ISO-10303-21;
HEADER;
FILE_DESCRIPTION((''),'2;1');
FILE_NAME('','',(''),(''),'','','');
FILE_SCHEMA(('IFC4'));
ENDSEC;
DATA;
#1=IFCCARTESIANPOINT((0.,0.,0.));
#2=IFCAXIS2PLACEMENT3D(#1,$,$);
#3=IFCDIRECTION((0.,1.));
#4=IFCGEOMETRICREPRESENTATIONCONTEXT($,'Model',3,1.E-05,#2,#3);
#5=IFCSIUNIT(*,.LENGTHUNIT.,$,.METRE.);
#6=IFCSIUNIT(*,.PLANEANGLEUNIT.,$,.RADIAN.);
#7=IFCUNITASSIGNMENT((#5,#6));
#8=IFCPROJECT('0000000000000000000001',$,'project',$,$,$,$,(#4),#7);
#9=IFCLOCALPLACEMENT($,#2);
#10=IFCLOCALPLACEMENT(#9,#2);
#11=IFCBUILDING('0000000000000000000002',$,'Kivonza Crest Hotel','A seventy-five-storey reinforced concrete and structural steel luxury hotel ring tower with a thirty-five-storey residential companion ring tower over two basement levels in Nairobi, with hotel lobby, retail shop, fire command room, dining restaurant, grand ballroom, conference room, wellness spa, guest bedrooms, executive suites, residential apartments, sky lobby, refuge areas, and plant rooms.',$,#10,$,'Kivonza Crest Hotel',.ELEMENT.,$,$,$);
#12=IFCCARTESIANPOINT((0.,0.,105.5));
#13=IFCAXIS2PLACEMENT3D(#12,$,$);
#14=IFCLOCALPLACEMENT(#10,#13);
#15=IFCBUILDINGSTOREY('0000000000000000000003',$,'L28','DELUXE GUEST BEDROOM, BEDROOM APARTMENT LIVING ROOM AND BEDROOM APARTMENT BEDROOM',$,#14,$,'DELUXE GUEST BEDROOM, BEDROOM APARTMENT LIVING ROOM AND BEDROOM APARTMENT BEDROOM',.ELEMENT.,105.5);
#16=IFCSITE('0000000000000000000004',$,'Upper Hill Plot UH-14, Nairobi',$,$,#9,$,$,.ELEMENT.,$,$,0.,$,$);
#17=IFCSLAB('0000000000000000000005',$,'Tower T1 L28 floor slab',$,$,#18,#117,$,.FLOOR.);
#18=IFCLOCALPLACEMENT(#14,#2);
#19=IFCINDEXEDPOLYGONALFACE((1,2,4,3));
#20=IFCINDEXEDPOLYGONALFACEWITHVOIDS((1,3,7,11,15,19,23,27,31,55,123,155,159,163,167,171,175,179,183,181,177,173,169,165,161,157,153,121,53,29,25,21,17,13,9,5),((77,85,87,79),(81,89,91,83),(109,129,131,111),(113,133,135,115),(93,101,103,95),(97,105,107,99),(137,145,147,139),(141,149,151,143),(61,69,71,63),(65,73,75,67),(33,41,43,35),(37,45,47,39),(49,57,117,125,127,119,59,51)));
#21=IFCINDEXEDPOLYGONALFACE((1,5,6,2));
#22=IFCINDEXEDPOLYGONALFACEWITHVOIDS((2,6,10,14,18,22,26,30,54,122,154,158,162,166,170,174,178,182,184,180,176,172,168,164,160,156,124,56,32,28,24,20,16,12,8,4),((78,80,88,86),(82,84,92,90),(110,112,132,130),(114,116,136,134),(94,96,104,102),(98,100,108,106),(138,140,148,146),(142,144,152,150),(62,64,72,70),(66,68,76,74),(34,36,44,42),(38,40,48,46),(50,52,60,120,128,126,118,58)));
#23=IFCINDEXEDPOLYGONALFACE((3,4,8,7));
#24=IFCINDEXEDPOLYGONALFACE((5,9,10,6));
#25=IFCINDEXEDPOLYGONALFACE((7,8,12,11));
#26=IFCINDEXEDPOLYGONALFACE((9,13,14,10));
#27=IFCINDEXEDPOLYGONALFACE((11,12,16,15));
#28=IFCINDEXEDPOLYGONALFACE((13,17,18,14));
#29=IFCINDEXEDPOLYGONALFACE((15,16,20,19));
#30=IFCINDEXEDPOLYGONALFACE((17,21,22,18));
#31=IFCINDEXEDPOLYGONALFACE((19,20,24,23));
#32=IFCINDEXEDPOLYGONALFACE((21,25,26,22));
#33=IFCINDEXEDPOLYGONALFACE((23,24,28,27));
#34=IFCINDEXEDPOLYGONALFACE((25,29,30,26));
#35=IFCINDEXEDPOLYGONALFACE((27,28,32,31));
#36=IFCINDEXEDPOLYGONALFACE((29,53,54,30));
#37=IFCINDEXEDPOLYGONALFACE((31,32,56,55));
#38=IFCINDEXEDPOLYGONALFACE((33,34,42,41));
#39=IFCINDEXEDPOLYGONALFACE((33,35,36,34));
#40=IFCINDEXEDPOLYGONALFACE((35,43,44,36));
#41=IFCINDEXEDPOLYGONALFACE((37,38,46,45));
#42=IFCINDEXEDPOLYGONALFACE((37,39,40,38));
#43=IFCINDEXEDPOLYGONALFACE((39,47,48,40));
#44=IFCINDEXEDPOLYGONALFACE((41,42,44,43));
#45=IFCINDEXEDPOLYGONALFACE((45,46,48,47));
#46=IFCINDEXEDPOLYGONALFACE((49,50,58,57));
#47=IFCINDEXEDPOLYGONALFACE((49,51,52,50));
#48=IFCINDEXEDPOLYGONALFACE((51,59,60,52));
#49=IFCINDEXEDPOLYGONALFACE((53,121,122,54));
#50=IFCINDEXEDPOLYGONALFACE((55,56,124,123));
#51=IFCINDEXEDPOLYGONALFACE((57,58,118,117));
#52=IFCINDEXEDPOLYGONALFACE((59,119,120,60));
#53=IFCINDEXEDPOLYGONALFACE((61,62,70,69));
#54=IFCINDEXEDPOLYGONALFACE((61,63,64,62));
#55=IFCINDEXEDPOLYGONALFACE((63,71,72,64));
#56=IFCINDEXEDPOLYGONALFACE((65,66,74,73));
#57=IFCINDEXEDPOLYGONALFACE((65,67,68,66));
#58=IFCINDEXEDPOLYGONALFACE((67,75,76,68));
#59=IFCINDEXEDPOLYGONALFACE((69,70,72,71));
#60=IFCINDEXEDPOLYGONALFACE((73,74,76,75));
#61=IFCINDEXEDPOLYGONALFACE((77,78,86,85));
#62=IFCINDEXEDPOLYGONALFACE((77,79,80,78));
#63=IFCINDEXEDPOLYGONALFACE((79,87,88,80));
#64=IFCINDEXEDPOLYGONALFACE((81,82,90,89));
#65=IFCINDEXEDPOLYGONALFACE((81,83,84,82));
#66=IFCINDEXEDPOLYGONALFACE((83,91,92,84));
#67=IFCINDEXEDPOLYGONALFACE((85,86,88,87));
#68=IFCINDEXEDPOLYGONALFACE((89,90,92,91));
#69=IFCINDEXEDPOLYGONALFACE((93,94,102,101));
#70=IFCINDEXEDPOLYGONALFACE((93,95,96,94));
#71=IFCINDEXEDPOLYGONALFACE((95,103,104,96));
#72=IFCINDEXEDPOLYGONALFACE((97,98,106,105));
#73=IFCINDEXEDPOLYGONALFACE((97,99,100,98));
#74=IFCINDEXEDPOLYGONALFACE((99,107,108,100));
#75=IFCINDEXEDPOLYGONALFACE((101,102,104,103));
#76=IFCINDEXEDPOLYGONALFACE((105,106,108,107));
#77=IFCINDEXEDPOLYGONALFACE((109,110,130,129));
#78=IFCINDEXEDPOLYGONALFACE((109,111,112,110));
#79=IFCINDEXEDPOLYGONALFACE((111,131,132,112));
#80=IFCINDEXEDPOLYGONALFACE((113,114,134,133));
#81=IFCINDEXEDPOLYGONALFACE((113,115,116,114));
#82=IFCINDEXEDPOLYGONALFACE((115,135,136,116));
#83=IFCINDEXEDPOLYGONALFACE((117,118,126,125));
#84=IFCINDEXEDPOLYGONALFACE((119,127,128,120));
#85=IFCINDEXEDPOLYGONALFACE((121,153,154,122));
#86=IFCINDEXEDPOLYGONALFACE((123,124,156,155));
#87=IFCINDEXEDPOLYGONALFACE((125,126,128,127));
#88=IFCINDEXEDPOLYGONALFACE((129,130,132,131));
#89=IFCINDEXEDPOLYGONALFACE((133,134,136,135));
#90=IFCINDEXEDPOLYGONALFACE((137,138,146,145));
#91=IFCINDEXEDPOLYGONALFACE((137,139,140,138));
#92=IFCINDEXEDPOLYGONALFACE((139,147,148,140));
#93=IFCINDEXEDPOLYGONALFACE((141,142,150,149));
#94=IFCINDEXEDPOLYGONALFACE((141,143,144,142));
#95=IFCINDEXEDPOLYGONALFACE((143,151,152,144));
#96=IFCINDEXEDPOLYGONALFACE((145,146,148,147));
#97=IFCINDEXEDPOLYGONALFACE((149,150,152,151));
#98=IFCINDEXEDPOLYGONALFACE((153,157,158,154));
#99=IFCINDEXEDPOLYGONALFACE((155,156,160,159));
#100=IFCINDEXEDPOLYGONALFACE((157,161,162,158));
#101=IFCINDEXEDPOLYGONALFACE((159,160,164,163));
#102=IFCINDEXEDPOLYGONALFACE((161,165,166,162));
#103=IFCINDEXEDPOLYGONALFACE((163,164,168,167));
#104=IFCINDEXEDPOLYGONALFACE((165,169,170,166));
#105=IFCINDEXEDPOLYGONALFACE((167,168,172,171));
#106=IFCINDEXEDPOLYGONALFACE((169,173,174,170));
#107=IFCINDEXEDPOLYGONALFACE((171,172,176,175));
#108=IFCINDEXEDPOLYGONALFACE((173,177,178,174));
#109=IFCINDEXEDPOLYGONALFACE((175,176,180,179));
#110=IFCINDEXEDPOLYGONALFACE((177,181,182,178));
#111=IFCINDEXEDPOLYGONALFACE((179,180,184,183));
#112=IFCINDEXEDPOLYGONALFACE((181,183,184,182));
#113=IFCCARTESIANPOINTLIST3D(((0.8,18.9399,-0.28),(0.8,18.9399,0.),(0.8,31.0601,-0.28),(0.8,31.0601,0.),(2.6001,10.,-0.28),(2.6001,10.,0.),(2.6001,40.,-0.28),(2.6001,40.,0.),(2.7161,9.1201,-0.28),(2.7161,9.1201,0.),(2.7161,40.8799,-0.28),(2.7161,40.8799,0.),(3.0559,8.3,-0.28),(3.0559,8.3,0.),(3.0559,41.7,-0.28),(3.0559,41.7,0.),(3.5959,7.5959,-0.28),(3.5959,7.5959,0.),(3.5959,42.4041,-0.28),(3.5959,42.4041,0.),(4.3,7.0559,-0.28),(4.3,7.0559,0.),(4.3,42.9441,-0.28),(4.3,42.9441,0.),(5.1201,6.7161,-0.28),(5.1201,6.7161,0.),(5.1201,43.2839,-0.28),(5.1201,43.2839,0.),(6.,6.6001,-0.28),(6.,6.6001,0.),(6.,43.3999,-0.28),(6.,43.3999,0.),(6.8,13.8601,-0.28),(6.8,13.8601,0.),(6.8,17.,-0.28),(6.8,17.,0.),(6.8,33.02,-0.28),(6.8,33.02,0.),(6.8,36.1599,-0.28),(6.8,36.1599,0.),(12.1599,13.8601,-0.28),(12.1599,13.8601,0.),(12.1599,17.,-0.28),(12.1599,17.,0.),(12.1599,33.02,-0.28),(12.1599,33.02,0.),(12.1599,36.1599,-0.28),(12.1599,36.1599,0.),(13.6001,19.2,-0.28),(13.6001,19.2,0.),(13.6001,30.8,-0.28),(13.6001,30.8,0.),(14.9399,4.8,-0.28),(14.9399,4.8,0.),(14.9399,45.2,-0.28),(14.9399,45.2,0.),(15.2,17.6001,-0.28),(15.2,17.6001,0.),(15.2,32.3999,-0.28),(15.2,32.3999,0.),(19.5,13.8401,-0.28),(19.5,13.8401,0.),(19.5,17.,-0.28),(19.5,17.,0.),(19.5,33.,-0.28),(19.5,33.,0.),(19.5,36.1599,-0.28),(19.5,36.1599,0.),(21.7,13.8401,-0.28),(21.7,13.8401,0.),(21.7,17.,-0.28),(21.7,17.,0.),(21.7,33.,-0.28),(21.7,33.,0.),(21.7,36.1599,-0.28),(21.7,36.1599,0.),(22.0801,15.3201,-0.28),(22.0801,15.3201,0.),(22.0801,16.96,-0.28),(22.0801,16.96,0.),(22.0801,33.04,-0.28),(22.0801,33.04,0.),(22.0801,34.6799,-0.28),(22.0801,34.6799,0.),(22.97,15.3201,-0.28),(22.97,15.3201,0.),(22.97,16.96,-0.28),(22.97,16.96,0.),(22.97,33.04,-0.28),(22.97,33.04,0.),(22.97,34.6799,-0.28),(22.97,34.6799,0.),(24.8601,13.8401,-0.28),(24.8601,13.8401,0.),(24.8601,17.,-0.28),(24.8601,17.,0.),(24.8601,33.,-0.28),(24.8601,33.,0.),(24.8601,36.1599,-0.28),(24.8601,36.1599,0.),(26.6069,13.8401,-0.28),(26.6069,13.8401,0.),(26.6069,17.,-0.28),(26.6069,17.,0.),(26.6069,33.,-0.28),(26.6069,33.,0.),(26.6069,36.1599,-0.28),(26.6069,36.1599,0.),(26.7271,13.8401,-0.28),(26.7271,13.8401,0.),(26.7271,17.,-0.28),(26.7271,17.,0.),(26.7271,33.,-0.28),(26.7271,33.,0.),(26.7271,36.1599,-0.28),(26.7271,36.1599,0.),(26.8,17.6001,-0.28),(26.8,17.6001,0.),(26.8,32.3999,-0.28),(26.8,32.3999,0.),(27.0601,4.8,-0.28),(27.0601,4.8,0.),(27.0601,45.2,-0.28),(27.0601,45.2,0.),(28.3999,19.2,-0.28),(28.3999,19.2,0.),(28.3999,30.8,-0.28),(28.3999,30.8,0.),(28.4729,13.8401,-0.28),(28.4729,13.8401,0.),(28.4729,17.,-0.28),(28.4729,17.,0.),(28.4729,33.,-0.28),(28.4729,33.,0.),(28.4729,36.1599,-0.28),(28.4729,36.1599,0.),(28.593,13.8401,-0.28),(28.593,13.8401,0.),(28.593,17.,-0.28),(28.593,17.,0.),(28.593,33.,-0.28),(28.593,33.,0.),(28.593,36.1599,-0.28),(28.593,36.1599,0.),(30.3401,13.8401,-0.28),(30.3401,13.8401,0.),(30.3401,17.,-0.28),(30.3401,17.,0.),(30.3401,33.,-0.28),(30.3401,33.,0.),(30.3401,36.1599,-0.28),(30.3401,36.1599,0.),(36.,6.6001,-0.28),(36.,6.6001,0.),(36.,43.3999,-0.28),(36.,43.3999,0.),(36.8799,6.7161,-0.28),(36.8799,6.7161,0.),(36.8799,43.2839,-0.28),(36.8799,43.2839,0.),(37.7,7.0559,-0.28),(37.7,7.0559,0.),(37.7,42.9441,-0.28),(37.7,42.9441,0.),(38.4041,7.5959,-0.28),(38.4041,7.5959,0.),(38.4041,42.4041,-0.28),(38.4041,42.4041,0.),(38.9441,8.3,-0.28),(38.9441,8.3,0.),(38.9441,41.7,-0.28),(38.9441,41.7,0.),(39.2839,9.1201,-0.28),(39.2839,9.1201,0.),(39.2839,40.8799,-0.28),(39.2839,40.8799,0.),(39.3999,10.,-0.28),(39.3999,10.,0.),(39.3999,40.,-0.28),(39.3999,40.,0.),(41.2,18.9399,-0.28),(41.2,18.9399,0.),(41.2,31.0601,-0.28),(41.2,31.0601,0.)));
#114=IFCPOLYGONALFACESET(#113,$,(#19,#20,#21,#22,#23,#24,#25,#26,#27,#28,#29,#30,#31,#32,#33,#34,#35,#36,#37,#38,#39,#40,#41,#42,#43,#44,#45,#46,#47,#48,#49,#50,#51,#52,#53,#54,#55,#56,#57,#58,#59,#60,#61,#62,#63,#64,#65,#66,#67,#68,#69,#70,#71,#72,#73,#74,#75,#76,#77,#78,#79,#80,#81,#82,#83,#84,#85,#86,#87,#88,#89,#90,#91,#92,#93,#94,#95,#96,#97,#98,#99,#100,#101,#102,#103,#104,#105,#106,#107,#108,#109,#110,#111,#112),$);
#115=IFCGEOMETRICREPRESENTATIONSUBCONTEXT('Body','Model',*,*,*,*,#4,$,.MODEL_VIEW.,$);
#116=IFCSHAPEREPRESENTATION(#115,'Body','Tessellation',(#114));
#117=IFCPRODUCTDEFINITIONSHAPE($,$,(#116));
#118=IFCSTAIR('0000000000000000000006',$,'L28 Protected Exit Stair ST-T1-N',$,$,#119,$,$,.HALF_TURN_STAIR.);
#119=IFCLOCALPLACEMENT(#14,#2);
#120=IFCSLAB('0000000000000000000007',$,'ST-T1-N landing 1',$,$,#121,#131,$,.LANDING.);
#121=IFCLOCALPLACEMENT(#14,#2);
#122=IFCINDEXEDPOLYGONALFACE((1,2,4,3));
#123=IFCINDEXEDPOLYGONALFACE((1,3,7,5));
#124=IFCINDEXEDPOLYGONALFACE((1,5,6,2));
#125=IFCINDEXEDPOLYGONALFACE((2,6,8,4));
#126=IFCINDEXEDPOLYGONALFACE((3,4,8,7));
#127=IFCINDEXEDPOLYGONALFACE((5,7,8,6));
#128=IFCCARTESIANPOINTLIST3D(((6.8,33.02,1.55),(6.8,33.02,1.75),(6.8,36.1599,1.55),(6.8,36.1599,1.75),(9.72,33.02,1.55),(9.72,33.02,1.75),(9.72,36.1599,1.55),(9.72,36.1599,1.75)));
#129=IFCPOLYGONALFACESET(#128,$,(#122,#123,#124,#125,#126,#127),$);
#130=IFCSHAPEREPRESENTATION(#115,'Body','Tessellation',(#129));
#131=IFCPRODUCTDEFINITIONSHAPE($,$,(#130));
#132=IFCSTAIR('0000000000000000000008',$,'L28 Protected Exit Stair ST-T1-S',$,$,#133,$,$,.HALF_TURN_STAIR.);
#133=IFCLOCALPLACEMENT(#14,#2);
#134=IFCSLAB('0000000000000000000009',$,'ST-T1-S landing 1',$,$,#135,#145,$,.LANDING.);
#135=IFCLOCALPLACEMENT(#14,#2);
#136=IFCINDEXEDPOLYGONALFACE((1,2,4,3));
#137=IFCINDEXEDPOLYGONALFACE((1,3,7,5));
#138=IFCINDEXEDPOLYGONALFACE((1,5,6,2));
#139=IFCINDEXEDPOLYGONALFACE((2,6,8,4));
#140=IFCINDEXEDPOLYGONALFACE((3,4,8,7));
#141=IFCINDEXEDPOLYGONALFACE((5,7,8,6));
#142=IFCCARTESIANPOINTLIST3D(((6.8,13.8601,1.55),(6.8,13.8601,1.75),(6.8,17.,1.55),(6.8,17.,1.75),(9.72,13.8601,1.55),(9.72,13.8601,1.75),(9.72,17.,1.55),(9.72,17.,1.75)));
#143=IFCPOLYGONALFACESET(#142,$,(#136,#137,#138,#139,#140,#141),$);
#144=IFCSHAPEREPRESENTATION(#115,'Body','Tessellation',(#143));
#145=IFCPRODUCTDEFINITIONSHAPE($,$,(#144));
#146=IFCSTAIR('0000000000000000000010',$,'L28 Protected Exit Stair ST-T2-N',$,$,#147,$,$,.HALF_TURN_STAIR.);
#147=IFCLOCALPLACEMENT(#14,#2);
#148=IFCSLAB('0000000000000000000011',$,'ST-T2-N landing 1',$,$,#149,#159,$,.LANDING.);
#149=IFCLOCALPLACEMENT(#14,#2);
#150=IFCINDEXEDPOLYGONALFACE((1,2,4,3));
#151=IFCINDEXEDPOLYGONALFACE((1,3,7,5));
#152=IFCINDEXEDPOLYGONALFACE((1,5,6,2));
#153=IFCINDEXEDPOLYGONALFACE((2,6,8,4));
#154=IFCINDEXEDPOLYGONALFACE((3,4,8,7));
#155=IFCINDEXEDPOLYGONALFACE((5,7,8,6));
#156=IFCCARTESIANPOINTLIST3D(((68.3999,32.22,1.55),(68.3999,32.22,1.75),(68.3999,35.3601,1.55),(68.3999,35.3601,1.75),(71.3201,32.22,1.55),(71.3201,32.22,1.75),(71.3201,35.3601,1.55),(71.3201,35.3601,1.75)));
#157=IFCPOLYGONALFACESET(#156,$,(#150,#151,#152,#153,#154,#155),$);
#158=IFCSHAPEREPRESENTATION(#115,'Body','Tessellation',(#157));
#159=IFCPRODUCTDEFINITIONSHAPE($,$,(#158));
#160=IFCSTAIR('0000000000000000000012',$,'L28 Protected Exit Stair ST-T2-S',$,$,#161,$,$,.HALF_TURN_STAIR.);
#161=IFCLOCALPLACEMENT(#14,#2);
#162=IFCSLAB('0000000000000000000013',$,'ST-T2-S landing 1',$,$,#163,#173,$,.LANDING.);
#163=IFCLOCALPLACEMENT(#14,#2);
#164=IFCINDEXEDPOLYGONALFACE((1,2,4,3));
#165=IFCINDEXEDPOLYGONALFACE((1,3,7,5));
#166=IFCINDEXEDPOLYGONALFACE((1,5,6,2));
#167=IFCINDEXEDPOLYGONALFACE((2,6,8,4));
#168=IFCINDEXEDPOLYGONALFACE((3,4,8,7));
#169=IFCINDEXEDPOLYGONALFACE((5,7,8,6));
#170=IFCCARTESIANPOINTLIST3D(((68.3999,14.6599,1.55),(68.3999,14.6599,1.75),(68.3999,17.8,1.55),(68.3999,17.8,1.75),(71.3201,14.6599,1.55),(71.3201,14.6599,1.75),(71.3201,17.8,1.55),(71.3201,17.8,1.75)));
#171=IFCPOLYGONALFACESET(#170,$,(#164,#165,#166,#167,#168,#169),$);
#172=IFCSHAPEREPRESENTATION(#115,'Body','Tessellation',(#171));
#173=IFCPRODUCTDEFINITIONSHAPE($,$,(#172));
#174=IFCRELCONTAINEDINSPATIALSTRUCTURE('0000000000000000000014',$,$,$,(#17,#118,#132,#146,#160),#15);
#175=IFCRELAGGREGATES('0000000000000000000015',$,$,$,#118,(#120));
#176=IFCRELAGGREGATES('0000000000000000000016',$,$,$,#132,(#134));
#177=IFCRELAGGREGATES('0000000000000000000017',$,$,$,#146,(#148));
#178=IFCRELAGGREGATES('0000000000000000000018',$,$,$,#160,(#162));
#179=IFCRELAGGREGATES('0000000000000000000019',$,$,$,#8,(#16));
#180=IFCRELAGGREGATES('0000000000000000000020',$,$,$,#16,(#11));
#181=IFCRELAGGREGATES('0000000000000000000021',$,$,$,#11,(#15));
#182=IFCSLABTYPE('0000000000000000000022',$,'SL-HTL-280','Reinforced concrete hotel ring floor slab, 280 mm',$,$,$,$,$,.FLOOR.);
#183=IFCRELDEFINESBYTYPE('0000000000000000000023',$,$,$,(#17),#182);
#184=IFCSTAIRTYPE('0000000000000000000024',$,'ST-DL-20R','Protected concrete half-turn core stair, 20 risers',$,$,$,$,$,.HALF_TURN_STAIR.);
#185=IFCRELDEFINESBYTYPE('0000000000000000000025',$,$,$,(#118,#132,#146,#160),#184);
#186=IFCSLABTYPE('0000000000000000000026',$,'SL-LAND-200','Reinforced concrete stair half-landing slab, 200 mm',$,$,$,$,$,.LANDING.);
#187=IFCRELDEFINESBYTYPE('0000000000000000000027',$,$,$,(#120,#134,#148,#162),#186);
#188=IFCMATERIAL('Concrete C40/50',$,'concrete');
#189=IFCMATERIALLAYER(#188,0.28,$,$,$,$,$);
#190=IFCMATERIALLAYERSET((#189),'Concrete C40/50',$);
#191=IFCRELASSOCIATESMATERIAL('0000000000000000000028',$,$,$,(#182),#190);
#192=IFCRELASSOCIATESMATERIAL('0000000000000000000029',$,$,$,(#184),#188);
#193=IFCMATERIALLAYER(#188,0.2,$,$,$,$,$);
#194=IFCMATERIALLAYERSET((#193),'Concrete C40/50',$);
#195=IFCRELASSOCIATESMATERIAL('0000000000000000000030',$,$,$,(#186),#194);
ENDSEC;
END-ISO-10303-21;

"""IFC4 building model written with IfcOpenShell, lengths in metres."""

from ifc_helpers import new_model, si_unit, direction, frame, origin, place, context, subcontext, project, spatial, polyline, outline, extrude, material, layer, layer_set, type_object, element, aggregate, save


model = new_model("IFC4")

# Units and contexts
model_context = context("Model", 3, precision=1e-05, world=origin(), true_north=direction((0.0, 1.0)))
body_context = subcontext(model_context, "Body", "Model", "MODEL_VIEW")
ifc_project = project(units=[si_unit("LENGTHUNIT", "METRE"), si_unit("PLANEANGLEUNIT", "RADIAN")], contexts=[model_context])

# Site, building, storey
site_placement = place(None, origin())
site = spatial("IfcSite", under=ifc_project, at=site_placement, Name="Upper Hill Plot UH-14, Nairobi", CompositionType="ELEMENT", RefElevation=0.0)
building_placement = place(site_placement, origin())
building = spatial("IfcBuilding", under=site, at=building_placement, Name="Kivonza Crest Hotel", Description="A seventy-five-storey reinforced concrete and structural steel luxury hotel ring tower with a thirty-five-storey residential companion ring tower over two basement levels in Nairobi, with hotel lobby, retail shop, fire command room, dining restaurant, grand ballroom, conference room, wellness spa, guest bedrooms, executive suites, residential apartments, sky lobby, refuge areas, and plant rooms.", LongName="Kivonza Crest Hotel", CompositionType="ELEMENT")
storey_placement = place(building_placement, frame((0.0, 0.0, 105.5)))
storey = spatial("IfcBuildingStorey", under=building, at=storey_placement, Name="L28", Description="DELUXE GUEST BEDROOM, BEDROOM APARTMENT LIVING ROOM AND BEDROOM APARTMENT BEDROOM", LongName="DELUXE GUEST BEDROOM, BEDROOM APARTMENT LIVING ROOM AND BEDROOM APARTMENT BEDROOM", CompositionType="ELEMENT", Elevation=105.5)

# Slab
ifc_material_1 = material(Name="Concrete C40/50", Category="concrete")
ifc_layer_1 = layer(ifc_material_1, 0.28)
ifc_layer_set_1 = layer_set([ifc_layer_1], Name="Concrete C40/50")
slab_type_1 = type_object("IfcSlabType", Name="SL-HTL-280", Description="Reinforced concrete hotel ring floor slab, 280 mm", PredefinedType="FLOOR", material=ifc_layer_set_1)
slab_1_placement = place(storey_placement, frame((0.0, 0.0, -0.28)))
element("IfcSlab", 1, at=slab_1_placement, inside=storey, type_object=slab_type_1, Name="Tower T1 L28 floor slab", PredefinedType="FLOOR", context=body_context, shape_type="SweptSolid", body=[
    extrude(outline(polyline([(2.6001, 10.0), (2.7161, 9.1201), (3.0559, 8.3), (3.5959, 7.5959), (4.3, 7.0559), (5.1201, 6.7161), (6.0, 6.6001), (14.9399, 4.8), (27.0601, 4.8), (36.0, 6.6001), (36.8799, 6.7161), (37.7, 7.0559), (38.4041, 7.5959), (38.9441, 8.3), (39.2839, 9.1201), (39.3999, 10.0), (41.2, 18.9399), (41.2, 31.0601), (39.3999, 40.0), (39.2839, 40.8799), (38.9441, 41.7), (38.4041, 42.4041), (37.7, 42.9441), (36.8799, 43.2839), (36.0, 43.3999), (27.0601, 45.2), (14.9399, 45.2), (6.0, 43.3999), (5.1201, 43.2839), (4.3, 42.9441), (3.5959, 42.4041), (3.0559, 41.7), (2.7161, 40.8799), (2.6001, 40.0), (0.8, 31.0601), (0.8, 18.9399), (2.6001, 10.0)]), holes=[polyline([(15.2, 17.6001), (26.8, 17.6001), (28.3999, 19.2), (28.3999, 30.8), (26.8, 32.3999), (15.2, 32.3999), (13.6001, 30.8), (13.6001, 19.2), (15.2, 17.6001)]), polyline([(6.8, 33.02), (12.1599, 33.02), (12.1599, 36.1599), (6.8, 36.1599), (6.8, 33.02)]), polyline([(6.8, 13.8601), (12.1599, 13.8601), (12.1599, 17.0), (6.8, 17.0), (6.8, 13.8601)]), polyline([(22.0801, 33.04), (22.97, 33.04), (22.97, 34.6799), (22.0801, 34.6799), (22.0801, 33.04)]), polyline([(22.0801, 15.3201), (22.97, 15.3201), (22.97, 16.96), (22.0801, 16.96), (22.0801, 15.3201)]), polyline([(19.5, 33.0), (21.7, 33.0), (21.7, 36.1599), (19.5, 36.1599), (19.5, 33.0)]), polyline([(24.8601, 33.0), (26.6069, 33.0), (26.6069, 36.1599), (24.8601, 36.1599), (24.8601, 33.0)]), polyline([(26.7271, 33.0), (28.4729, 33.0), (28.4729, 36.1599), (26.7271, 36.1599), (26.7271, 33.0)]), polyline([(28.593, 33.0), (30.3401, 33.0), (30.3401, 36.1599), (28.593, 36.1599), (28.593, 33.0)]), polyline([(19.5, 13.8401), (21.7, 13.8401), (21.7, 17.0), (19.5, 17.0), (19.5, 13.8401)]), polyline([(24.8601, 13.8401), (26.6069, 13.8401), (26.6069, 17.0), (24.8601, 17.0), (24.8601, 13.8401)]), polyline([(26.7271, 13.8401), (28.4729, 13.8401), (28.4729, 17.0), (26.7271, 17.0), (26.7271, 13.8401)]), polyline([(28.593, 13.8401), (30.3401, 13.8401), (30.3401, 17.0), (28.593, 17.0), (28.593, 13.8401)])]), origin(), (0.0, 0.0, 1.0), 0.28),
])

# Stairs, slabs
stair_type = type_object("IfcStairType", Name="ST-DL-20R", Description="Protected concrete half-turn core stair, 20 risers", PredefinedType="HALF_TURN_STAIR", material=ifc_material_1)
stair_1_placement = place(storey_placement, origin())
stair_1 = element("IfcStair", 2, at=stair_1_placement, inside=storey, type_object=stair_type, Name="L28 Protected Exit Stair ST-T1-N", PredefinedType="HALF_TURN_STAIR")
ifc_layer_2 = layer(ifc_material_1, 0.2)
ifc_layer_set_2 = layer_set([ifc_layer_2], Name="Concrete C40/50")
slab_type_2 = type_object("IfcSlabType", Name="SL-LAND-200", Description="Reinforced concrete stair half-landing slab, 200 mm", PredefinedType="LANDING", material=ifc_layer_set_2)
slab_2_placement = place(storey_placement, frame((0.0, 0.0, 1.55)))
slab_2 = element("IfcSlab", 3, at=slab_2_placement, type_object=slab_type_2, Name="ST-T1-N landing 1", PredefinedType="LANDING", context=body_context, shape_type="SweptSolid", body=[
    extrude(outline(polyline([(9.72, 36.1599), (6.8, 36.1599), (6.8, 33.02), (9.72, 33.02), (9.72, 36.1599)])), origin(), (0.0, 0.0, 1.0), 0.2),
])
aggregate(stair_1, [slab_2])
stair_2_placement = place(storey_placement, origin())
stair_2 = element("IfcStair", 4, at=stair_2_placement, inside=storey, type_object=stair_type, Name="L28 Protected Exit Stair ST-T1-S", PredefinedType="HALF_TURN_STAIR")
slab_3_placement = place(storey_placement, frame((0.0, 0.0, 1.55)))
slab_3 = element("IfcSlab", 5, at=slab_3_placement, type_object=slab_type_2, Name="ST-T1-S landing 1", PredefinedType="LANDING", context=body_context, shape_type="SweptSolid", body=[
    extrude(outline(polyline([(9.72, 17.0), (6.8, 17.0), (6.8, 13.8601), (9.72, 13.8601), (9.72, 17.0)])), origin(), (0.0, 0.0, 1.0), 0.2),
])
aggregate(stair_2, [slab_3])
stair_3_placement = place(storey_placement, origin())
stair_3 = element("IfcStair", 6, at=stair_3_placement, inside=storey, type_object=stair_type, Name="L28 Protected Exit Stair ST-T2-N", PredefinedType="HALF_TURN_STAIR")
slab_4_placement = place(storey_placement, frame((0.0, 0.0, 1.55)))
slab_4 = element("IfcSlab", 7, at=slab_4_placement, type_object=slab_type_2, Name="ST-T2-N landing 1", PredefinedType="LANDING", context=body_context, shape_type="SweptSolid", body=[
    extrude(outline(polyline([(71.3201, 35.3601), (68.3999, 35.3601), (68.3999, 32.22), (71.3201, 32.22), (71.3201, 35.3601)])), origin(), (0.0, 0.0, 1.0), 0.2),
])
aggregate(stair_3, [slab_4])
stair_4_placement = place(storey_placement, origin())
stair_4 = element("IfcStair", 8, at=stair_4_placement, inside=storey, type_object=stair_type, Name="L28 Protected Exit Stair ST-T2-S", PredefinedType="HALF_TURN_STAIR")
slab_5_placement = place(storey_placement, frame((0.0, 0.0, 1.55)))
slab_5 = element("IfcSlab", 9, at=slab_5_placement, type_object=slab_type_2, Name="ST-T2-S landing 1", PredefinedType="LANDING", context=body_context, shape_type="SweptSolid", body=[
    extrude(outline(polyline([(71.3201, 17.8), (68.3999, 17.8), (68.3999, 14.6599), (71.3201, 14.6599), (71.3201, 17.8)])), origin(), (0.0, 0.0, 1.0), 0.2),
])
aggregate(stair_4, [slab_5])

save(model, "model.ifc")
